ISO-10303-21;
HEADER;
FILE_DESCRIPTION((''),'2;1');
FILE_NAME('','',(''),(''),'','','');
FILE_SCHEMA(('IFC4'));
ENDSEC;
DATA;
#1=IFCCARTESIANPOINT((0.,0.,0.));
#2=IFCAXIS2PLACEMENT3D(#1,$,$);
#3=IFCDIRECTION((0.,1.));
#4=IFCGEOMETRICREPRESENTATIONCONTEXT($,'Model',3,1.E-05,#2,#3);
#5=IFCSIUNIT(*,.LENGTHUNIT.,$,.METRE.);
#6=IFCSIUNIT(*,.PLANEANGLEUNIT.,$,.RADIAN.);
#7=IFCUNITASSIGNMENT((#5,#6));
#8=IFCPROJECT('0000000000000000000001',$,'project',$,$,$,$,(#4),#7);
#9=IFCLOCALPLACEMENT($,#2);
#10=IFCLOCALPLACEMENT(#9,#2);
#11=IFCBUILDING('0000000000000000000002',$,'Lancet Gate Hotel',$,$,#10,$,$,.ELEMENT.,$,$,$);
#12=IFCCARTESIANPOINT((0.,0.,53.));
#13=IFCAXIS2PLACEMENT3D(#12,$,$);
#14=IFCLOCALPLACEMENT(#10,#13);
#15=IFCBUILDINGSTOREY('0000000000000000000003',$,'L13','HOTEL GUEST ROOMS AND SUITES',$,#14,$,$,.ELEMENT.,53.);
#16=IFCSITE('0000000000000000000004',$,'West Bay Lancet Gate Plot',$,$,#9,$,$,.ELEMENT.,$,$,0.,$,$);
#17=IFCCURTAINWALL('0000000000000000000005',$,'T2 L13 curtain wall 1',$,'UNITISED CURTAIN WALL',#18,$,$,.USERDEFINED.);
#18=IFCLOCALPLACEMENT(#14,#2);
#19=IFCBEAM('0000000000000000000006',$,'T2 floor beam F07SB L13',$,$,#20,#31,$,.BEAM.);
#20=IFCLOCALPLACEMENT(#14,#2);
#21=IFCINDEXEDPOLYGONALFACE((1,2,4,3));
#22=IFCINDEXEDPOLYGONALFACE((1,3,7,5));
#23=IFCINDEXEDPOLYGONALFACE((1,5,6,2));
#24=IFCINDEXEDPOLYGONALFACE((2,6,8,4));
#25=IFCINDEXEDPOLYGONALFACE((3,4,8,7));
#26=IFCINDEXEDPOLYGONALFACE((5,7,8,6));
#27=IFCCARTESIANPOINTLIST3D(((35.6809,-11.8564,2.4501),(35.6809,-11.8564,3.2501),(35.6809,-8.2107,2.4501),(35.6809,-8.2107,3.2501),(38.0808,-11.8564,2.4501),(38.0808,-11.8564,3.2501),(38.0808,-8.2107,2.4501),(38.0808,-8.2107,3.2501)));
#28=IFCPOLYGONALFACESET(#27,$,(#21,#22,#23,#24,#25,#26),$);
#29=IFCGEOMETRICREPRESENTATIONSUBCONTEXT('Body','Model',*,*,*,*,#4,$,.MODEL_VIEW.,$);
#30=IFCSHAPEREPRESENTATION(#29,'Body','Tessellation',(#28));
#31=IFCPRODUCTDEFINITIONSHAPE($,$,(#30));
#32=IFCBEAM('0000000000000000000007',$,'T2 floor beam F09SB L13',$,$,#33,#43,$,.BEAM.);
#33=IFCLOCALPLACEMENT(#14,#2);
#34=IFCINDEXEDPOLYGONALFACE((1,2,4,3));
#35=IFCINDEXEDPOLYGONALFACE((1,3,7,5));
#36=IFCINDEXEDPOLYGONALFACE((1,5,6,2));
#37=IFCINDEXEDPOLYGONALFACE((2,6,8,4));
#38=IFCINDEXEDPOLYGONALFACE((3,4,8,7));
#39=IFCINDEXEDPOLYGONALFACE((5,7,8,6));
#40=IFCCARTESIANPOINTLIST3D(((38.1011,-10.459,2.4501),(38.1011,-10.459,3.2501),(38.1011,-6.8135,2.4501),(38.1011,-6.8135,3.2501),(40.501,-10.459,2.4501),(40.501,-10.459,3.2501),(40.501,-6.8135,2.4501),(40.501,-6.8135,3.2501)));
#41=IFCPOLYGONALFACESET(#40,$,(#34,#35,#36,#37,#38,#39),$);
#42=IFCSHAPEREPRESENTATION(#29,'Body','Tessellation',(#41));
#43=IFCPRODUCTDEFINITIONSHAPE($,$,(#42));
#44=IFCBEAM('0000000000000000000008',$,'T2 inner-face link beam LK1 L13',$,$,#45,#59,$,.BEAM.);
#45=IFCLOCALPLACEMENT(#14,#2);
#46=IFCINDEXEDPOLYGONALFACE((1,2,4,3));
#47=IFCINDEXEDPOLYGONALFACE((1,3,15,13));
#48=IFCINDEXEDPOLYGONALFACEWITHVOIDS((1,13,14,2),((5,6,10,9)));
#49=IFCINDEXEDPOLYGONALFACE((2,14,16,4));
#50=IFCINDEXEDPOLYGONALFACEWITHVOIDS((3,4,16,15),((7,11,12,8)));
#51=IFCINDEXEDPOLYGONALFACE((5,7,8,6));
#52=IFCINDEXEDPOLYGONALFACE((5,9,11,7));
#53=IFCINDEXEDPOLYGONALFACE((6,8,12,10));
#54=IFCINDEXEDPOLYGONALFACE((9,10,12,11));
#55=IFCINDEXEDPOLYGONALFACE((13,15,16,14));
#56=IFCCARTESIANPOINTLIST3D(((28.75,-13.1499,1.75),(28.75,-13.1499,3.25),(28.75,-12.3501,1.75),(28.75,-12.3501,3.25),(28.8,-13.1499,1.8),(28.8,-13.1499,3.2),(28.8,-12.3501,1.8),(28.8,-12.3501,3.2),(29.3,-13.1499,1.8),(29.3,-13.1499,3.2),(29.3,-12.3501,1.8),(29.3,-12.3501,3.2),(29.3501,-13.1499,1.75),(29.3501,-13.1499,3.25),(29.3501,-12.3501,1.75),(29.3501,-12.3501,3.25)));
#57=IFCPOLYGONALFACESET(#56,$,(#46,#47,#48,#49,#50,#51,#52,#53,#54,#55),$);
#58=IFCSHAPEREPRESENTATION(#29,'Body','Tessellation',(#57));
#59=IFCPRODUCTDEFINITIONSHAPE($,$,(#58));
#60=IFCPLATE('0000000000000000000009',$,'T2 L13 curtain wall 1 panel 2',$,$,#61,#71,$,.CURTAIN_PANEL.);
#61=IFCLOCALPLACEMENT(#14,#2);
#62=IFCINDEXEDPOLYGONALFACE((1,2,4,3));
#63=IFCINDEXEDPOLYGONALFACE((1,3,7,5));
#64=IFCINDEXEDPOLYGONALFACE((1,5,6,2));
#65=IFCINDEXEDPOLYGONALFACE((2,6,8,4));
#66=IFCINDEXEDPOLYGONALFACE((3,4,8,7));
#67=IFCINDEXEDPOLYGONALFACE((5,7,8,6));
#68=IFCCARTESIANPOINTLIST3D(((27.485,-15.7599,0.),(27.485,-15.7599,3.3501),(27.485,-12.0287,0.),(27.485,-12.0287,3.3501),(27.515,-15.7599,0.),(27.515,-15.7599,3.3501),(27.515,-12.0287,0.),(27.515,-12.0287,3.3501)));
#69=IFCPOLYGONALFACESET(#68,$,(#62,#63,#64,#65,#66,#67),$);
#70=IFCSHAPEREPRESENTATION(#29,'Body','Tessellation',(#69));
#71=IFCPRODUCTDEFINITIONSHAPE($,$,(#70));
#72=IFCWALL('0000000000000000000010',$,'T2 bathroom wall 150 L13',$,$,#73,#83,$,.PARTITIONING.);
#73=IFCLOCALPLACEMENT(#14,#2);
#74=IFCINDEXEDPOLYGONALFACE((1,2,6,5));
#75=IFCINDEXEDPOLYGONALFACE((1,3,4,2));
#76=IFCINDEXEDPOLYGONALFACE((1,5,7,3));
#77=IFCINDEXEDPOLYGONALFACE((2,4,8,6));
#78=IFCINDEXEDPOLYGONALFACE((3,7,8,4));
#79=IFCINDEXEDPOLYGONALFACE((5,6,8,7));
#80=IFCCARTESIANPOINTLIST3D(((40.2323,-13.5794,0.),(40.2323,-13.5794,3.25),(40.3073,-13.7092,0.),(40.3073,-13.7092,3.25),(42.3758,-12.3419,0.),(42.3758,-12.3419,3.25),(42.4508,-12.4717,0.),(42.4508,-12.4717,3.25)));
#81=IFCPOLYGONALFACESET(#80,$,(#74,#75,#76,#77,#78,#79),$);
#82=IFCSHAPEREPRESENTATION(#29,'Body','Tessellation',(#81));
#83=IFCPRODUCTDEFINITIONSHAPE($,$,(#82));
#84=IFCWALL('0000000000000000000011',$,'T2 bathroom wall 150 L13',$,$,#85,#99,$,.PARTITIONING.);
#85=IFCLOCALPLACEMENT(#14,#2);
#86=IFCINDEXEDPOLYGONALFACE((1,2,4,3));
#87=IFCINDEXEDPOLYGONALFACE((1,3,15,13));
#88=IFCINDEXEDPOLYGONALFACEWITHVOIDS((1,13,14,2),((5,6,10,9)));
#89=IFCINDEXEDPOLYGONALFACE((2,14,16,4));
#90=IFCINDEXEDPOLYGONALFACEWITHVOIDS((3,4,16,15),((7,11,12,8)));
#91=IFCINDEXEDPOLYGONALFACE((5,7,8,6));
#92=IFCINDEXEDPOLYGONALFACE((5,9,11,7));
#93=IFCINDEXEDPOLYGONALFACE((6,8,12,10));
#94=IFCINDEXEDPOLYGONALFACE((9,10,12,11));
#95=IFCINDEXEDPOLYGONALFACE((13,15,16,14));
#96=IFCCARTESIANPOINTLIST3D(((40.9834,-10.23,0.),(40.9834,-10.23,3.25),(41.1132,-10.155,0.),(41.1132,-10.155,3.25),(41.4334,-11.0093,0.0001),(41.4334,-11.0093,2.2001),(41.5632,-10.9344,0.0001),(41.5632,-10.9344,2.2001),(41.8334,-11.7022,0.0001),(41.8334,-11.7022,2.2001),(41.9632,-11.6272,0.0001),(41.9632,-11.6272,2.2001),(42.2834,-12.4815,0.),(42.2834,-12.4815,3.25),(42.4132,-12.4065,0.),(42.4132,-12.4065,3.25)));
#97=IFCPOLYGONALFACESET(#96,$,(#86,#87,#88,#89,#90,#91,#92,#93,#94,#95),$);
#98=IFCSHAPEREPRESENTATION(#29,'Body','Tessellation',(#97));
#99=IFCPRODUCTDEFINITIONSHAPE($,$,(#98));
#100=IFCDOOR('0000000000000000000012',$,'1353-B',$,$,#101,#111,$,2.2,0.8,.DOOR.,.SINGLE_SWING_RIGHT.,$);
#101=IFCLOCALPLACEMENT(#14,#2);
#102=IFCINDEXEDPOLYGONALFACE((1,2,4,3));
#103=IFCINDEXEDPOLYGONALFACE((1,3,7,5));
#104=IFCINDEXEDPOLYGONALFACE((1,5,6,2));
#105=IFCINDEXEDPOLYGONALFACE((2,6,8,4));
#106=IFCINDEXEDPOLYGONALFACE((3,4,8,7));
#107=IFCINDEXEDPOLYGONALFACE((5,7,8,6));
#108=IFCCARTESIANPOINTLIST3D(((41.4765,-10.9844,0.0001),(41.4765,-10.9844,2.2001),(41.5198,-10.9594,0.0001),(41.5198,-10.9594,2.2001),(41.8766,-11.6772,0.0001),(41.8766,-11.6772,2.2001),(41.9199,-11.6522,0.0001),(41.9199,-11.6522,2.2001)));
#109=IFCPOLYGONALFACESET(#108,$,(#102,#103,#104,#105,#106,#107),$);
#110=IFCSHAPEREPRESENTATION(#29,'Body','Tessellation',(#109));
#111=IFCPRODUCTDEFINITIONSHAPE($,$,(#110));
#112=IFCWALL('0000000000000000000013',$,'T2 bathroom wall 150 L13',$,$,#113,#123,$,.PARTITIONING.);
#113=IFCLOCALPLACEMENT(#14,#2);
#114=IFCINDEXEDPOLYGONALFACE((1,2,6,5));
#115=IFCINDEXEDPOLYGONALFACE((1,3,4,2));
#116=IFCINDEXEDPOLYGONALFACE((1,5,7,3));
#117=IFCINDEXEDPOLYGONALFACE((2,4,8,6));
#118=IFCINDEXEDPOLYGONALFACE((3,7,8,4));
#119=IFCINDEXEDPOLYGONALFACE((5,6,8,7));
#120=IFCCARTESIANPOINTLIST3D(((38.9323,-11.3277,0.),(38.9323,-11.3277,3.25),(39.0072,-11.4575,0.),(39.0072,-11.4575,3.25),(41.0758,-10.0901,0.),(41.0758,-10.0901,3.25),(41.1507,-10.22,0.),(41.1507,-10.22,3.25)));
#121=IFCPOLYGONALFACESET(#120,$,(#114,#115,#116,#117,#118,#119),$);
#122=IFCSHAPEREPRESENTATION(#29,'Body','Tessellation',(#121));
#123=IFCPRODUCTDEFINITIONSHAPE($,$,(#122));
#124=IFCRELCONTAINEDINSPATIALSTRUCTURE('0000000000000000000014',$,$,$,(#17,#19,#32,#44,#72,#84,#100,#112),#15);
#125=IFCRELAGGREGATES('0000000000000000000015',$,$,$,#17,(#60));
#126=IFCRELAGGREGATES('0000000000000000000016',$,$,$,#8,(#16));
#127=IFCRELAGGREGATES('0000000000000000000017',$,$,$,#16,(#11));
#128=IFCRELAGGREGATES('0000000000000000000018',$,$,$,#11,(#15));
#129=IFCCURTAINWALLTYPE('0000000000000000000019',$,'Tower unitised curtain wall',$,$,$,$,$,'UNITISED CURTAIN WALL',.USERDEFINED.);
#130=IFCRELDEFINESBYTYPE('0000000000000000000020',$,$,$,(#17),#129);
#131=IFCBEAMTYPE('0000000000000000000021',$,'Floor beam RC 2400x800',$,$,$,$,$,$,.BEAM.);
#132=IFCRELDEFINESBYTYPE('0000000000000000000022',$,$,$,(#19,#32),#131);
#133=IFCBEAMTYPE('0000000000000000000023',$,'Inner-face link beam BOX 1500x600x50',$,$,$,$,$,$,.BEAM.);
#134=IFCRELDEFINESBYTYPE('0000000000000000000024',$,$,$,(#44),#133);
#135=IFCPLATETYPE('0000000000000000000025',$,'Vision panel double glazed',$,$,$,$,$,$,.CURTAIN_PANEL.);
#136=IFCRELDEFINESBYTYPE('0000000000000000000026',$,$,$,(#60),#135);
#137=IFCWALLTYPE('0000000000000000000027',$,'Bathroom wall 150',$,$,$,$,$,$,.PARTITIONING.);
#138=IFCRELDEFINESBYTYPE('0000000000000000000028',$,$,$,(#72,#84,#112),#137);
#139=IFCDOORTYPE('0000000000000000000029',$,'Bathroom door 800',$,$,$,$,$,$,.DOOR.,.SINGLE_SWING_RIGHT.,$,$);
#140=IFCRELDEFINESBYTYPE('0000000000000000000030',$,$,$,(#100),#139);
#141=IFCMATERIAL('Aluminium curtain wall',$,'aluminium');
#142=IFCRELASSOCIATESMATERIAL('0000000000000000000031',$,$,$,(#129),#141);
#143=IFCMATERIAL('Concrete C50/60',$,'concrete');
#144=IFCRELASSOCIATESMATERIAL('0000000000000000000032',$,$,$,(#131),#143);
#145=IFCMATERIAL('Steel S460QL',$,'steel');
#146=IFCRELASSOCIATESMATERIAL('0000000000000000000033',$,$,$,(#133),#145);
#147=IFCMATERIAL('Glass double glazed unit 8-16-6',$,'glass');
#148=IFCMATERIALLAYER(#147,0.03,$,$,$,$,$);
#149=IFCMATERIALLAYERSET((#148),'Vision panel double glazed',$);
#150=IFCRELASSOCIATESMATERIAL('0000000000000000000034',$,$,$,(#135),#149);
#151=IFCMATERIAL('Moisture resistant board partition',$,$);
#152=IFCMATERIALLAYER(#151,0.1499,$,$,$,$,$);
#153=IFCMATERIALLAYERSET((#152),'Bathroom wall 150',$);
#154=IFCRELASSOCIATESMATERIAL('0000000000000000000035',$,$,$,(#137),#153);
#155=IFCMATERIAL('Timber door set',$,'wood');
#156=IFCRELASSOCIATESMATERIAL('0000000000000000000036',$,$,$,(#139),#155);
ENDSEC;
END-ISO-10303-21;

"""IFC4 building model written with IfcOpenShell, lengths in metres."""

from ifc_helpers import new_model, si_unit, direction, frame, frame_2d, origin, origin_2d, place, context, subcontext, project, spatial, rectangle, hollow_rectangle, extrude, material, layer, layer_set, material_profile, profile_set, type_object, element, fill, aggregate, save


model = new_model("IFC4")

# Units and contexts
model_context = context("Model", 3, precision=1e-05, world=origin(), true_north=direction((0.0, 1.0)))
body_context = subcontext(model_context, "Body", "Model", "MODEL_VIEW")
ifc_project = project(units=[si_unit("LENGTHUNIT", "METRE"), si_unit("PLANEANGLEUNIT", "RADIAN")], contexts=[model_context])

# Site, building, storey
site_placement = place(None, origin())
site = spatial("IfcSite", under=ifc_project, at=site_placement, Name="West Bay Lancet Gate Plot", CompositionType="ELEMENT", RefElevation=0.0)
building_placement = place(site_placement, origin())
building = spatial("IfcBuilding", under=site, at=building_placement, Name="Lancet Gate Hotel", CompositionType="ELEMENT")
storey_placement = place(building_placement, frame((0.0, 0.0, 53.0)))
storey = spatial("IfcBuildingStorey", under=building, at=storey_placement, Name="L13", Description="HOTEL GUEST ROOMS AND SUITES", CompositionType="ELEMENT", Elevation=53.0)

# Curtain wall
ifc_material_1 = material(Name="Aluminium curtain wall", Category="aluminium")
curtain_wall_type = type_object("IfcCurtainWallType", Name="Tower unitised curtain wall", ElementType="UNITISED CURTAIN WALL", PredefinedType="USERDEFINED", material=ifc_material_1)
curtain_wall_placement = place(storey_placement, origin())
curtain_wall = element("IfcCurtainWall", 1, at=curtain_wall_placement, inside=storey, type_object=curtain_wall_type, Name="T2 L13 curtain wall 1", ObjectType="UNITISED CURTAIN WALL", PredefinedType="USERDEFINED")

# Beams
ifc_material_2 = material(Name="Concrete C50/60", Category="concrete")
ifc_material_profile_1 = material_profile(ifc_material_2, rectangle(XDim=2.3999, YDim=0.8, at=origin_2d()), Name="RC 2400x800")
ifc_profile_set_1 = profile_set([ifc_material_profile_1], Name="Concrete C50/60")
beam_type_1 = type_object("IfcBeamType", Name="Floor beam RC 2400x800", PredefinedType="BEAM", material=ifc_profile_set_1)
for number, where, z_axis, x_axis, name in (
    (2, (36.8809, -11.8564, 2.8501), (0.0, 1.0, 0.0), (-1.0, 0.0, 0.0), "T2 floor beam F07SB L13"),
):
    element("IfcBeam", number, at=place(storey_placement, frame(where, z_axis=z_axis, x_axis=x_axis)), inside=storey, type_object=beam_type_1, Name=name, PredefinedType="BEAM", context=body_context, shape_type="SweptSolid", body=[
        extrude(rectangle(XDim=2.3999, YDim=0.8, at=origin_2d()), origin(), (0.0, 0.0, 1.0), 3.6458),
    ])
beam_1_placement = place(storey_placement, frame((39.301, -10.459, 2.8501), z_axis=(0.0, 1.0, 0.0), x_axis=(-1.0, 0.0, 0.0)))
element("IfcBeam", 3, at=beam_1_placement, inside=storey, type_object=beam_type_1, Name="T2 floor beam F09SB L13", PredefinedType="BEAM", context=body_context, shape_type="SweptSolid", body=[
    extrude(rectangle(XDim=2.3999, YDim=0.8, at=origin_2d()), origin(), (0.0, 0.0, 1.0), 3.6455),
])
ifc_material_3 = material(Name="Steel S460QL", Category="steel")
ifc_material_profile_2 = material_profile(ifc_material_3, hollow_rectangle(XDim=0.6001, YDim=1.5, WallThickness=0.05, at=origin_2d()), Name="BOX 1500x600x50")
ifc_profile_set_2 = profile_set([ifc_material_profile_2], Name="Steel S460QL")
beam_type_2 = type_object("IfcBeamType", Name="Inner-face link beam BOX 1500x600x50", PredefinedType="BEAM", material=ifc_profile_set_2)
beam_2_placement = place(storey_placement, frame((29.05, -13.1499, 2.5), z_axis=(0.0, 1.0, 0.0), x_axis=(-1.0, 0.0, 0.0)))
element("IfcBeam", 4, at=beam_2_placement, inside=storey, type_object=beam_type_2, Name="T2 inner-face link beam LK1 L13", PredefinedType="BEAM", context=body_context, shape_type="SweptSolid", body=[
    extrude(hollow_rectangle(XDim=0.6001, YDim=1.5, WallThickness=0.05, at=origin_2d()), origin(), (0.0, 0.0, 1.0), 0.7998),
])

# Plate
ifc_material_4 = material(Name="Glass double glazed unit 8-16-6", Category="glass")
ifc_layer_1 = layer(ifc_material_4, 0.03)
ifc_layer_set_1 = layer_set([ifc_layer_1], Name="Vision panel double glazed")
plate_type = type_object("IfcPlateType", Name="Vision panel double glazed", PredefinedType="CURTAIN_PANEL", material=ifc_layer_set_1)
plate_placement = place(storey_placement, frame((27.5, -13.8943, 0.0), z_axis=(0.0, 0.0, 1.0), x_axis=(0.0, -1.0, 0.0)))
plate = element("IfcPlate", 5, at=plate_placement, type_object=plate_type, Name="T2 L13 curtain wall 1 panel 2", PredefinedType="CURTAIN_PANEL", context=body_context, shape_type="SweptSolid", body=[
    extrude(rectangle(XDim=3.7312, YDim=0.03, at=origin_2d()), origin(), (0.0, 0.0, 1.0), 3.3501),
])
aggregate(curtain_wall, [plate])

# Wall
ifc_material_5 = material(Name="Moisture resistant board partition")
ifc_layer_2 = layer(ifc_material_5, 0.1499)
ifc_layer_set_2 = layer_set([ifc_layer_2], Name="Bathroom wall 150")
wall_type_1 = type_object("IfcWallType", Name="Bathroom wall 150", PredefinedType="PARTITIONING", material=ifc_layer_set_2)
wall_1_placement = place(storey_placement, frame((40.2698, -13.6443, 0.0), z_axis=(0.0, 0.0, 1.0), x_axis=(0.866031, 0.49999, 0.0)))
element("IfcWall", 6, at=wall_1_placement, inside=storey, type_object=wall_type_1, Name="T2 bathroom wall 150 L13", PredefinedType="PARTITIONING", context=body_context, shape_type="SweptSolid", body=[
    extrude(rectangle(XDim=2.4751, YDim=0.1499, at=frame_2d((1.2375, 0.0))), origin(), (0.0, 0.0, 1.0), 3.25),
])

# Wall, opening, door
wall_2_placement = place(storey_placement, frame((41.0483, -10.1926, 0.0), z_axis=(0.0, 0.0, 1.0), x_axis=(0.500048, -0.865998, 0.0)))
wall_2 = element("IfcWall", 7, at=wall_2_placement, inside=storey, type_object=wall_type_1, Name="T2 bathroom wall 150 L13", PredefinedType="PARTITIONING", context=body_context, shape_type="SweptSolid", body=[
    extrude(rectangle(XDim=2.5999, YDim=0.1499, at=frame_2d((1.2998, 0.0))), origin(), (0.0, 0.0, 1.0), 3.25),
])
opening_1_placement = place(wall_2_placement, frame((0.8999, 0.0, 0.0)))
opening_1 = element("IfcOpeningElement", 8, at=opening_1_placement, cuts=wall_2, PredefinedType="OPENING", context=body_context, shape_type="SweptSolid", body=[
    extrude(rectangle(XDim=0.8, YDim=2.2, at=frame_2d((0.3999, 1.1001))), frame((0.0, 0.085, 0.0), z_axis=(0.0, -1.0, 0.0), x_axis=(1.0, 0.0, 0.0)), (0.0, 0.0, 1.0), 0.1699),
])
ifc_material_6 = material(Name="Timber door set", Category="wood")
door_type_1 = type_object("IfcDoorType", Name="Bathroom door 800", OperationType="SINGLE_SWING_RIGHT", PredefinedType="DOOR", material=ifc_material_6)
door_1_placement = place(opening_1_placement, origin())
door_1 = element("IfcDoor", 9, at=door_1_placement, inside=storey, type_object=door_type_1, Name="1353-B", OperationType="SINGLE_SWING_RIGHT", OverallHeight=2.2, OverallWidth=0.8, PredefinedType="DOOR", context=body_context, shape_type="SweptSolid", body=[
    extrude(rectangle(XDim=0.8, YDim=2.2, at=frame_2d((0.3999, 1.1001))), frame((0.0, 0.0249, 0.0), z_axis=(0.0, -1.0, 0.0), x_axis=(1.0, 0.0, 0.0)), (0.0, 0.0, 1.0), 0.05),
])
fill(opening_1, door_1)

# Wall
wall_3_placement = place(storey_placement, frame((38.9697, -11.3926, 0.0), z_axis=(0.0, 0.0, 1.0), x_axis=(0.866031, 0.49999, 0.0)))
element("IfcWall", 10, at=wall_3_placement, inside=storey, type_object=wall_type_1, Name="T2 bathroom wall 150 L13", PredefinedType="PARTITIONING", context=body_context, shape_type="SweptSolid", body=[
    extrude(rectangle(XDim=2.4751, YDim=0.1499, at=frame_2d((1.2375, 0.0))), origin(), (0.0, 0.0, 1.0), 3.25),
])

save(model, "model.ifc")
